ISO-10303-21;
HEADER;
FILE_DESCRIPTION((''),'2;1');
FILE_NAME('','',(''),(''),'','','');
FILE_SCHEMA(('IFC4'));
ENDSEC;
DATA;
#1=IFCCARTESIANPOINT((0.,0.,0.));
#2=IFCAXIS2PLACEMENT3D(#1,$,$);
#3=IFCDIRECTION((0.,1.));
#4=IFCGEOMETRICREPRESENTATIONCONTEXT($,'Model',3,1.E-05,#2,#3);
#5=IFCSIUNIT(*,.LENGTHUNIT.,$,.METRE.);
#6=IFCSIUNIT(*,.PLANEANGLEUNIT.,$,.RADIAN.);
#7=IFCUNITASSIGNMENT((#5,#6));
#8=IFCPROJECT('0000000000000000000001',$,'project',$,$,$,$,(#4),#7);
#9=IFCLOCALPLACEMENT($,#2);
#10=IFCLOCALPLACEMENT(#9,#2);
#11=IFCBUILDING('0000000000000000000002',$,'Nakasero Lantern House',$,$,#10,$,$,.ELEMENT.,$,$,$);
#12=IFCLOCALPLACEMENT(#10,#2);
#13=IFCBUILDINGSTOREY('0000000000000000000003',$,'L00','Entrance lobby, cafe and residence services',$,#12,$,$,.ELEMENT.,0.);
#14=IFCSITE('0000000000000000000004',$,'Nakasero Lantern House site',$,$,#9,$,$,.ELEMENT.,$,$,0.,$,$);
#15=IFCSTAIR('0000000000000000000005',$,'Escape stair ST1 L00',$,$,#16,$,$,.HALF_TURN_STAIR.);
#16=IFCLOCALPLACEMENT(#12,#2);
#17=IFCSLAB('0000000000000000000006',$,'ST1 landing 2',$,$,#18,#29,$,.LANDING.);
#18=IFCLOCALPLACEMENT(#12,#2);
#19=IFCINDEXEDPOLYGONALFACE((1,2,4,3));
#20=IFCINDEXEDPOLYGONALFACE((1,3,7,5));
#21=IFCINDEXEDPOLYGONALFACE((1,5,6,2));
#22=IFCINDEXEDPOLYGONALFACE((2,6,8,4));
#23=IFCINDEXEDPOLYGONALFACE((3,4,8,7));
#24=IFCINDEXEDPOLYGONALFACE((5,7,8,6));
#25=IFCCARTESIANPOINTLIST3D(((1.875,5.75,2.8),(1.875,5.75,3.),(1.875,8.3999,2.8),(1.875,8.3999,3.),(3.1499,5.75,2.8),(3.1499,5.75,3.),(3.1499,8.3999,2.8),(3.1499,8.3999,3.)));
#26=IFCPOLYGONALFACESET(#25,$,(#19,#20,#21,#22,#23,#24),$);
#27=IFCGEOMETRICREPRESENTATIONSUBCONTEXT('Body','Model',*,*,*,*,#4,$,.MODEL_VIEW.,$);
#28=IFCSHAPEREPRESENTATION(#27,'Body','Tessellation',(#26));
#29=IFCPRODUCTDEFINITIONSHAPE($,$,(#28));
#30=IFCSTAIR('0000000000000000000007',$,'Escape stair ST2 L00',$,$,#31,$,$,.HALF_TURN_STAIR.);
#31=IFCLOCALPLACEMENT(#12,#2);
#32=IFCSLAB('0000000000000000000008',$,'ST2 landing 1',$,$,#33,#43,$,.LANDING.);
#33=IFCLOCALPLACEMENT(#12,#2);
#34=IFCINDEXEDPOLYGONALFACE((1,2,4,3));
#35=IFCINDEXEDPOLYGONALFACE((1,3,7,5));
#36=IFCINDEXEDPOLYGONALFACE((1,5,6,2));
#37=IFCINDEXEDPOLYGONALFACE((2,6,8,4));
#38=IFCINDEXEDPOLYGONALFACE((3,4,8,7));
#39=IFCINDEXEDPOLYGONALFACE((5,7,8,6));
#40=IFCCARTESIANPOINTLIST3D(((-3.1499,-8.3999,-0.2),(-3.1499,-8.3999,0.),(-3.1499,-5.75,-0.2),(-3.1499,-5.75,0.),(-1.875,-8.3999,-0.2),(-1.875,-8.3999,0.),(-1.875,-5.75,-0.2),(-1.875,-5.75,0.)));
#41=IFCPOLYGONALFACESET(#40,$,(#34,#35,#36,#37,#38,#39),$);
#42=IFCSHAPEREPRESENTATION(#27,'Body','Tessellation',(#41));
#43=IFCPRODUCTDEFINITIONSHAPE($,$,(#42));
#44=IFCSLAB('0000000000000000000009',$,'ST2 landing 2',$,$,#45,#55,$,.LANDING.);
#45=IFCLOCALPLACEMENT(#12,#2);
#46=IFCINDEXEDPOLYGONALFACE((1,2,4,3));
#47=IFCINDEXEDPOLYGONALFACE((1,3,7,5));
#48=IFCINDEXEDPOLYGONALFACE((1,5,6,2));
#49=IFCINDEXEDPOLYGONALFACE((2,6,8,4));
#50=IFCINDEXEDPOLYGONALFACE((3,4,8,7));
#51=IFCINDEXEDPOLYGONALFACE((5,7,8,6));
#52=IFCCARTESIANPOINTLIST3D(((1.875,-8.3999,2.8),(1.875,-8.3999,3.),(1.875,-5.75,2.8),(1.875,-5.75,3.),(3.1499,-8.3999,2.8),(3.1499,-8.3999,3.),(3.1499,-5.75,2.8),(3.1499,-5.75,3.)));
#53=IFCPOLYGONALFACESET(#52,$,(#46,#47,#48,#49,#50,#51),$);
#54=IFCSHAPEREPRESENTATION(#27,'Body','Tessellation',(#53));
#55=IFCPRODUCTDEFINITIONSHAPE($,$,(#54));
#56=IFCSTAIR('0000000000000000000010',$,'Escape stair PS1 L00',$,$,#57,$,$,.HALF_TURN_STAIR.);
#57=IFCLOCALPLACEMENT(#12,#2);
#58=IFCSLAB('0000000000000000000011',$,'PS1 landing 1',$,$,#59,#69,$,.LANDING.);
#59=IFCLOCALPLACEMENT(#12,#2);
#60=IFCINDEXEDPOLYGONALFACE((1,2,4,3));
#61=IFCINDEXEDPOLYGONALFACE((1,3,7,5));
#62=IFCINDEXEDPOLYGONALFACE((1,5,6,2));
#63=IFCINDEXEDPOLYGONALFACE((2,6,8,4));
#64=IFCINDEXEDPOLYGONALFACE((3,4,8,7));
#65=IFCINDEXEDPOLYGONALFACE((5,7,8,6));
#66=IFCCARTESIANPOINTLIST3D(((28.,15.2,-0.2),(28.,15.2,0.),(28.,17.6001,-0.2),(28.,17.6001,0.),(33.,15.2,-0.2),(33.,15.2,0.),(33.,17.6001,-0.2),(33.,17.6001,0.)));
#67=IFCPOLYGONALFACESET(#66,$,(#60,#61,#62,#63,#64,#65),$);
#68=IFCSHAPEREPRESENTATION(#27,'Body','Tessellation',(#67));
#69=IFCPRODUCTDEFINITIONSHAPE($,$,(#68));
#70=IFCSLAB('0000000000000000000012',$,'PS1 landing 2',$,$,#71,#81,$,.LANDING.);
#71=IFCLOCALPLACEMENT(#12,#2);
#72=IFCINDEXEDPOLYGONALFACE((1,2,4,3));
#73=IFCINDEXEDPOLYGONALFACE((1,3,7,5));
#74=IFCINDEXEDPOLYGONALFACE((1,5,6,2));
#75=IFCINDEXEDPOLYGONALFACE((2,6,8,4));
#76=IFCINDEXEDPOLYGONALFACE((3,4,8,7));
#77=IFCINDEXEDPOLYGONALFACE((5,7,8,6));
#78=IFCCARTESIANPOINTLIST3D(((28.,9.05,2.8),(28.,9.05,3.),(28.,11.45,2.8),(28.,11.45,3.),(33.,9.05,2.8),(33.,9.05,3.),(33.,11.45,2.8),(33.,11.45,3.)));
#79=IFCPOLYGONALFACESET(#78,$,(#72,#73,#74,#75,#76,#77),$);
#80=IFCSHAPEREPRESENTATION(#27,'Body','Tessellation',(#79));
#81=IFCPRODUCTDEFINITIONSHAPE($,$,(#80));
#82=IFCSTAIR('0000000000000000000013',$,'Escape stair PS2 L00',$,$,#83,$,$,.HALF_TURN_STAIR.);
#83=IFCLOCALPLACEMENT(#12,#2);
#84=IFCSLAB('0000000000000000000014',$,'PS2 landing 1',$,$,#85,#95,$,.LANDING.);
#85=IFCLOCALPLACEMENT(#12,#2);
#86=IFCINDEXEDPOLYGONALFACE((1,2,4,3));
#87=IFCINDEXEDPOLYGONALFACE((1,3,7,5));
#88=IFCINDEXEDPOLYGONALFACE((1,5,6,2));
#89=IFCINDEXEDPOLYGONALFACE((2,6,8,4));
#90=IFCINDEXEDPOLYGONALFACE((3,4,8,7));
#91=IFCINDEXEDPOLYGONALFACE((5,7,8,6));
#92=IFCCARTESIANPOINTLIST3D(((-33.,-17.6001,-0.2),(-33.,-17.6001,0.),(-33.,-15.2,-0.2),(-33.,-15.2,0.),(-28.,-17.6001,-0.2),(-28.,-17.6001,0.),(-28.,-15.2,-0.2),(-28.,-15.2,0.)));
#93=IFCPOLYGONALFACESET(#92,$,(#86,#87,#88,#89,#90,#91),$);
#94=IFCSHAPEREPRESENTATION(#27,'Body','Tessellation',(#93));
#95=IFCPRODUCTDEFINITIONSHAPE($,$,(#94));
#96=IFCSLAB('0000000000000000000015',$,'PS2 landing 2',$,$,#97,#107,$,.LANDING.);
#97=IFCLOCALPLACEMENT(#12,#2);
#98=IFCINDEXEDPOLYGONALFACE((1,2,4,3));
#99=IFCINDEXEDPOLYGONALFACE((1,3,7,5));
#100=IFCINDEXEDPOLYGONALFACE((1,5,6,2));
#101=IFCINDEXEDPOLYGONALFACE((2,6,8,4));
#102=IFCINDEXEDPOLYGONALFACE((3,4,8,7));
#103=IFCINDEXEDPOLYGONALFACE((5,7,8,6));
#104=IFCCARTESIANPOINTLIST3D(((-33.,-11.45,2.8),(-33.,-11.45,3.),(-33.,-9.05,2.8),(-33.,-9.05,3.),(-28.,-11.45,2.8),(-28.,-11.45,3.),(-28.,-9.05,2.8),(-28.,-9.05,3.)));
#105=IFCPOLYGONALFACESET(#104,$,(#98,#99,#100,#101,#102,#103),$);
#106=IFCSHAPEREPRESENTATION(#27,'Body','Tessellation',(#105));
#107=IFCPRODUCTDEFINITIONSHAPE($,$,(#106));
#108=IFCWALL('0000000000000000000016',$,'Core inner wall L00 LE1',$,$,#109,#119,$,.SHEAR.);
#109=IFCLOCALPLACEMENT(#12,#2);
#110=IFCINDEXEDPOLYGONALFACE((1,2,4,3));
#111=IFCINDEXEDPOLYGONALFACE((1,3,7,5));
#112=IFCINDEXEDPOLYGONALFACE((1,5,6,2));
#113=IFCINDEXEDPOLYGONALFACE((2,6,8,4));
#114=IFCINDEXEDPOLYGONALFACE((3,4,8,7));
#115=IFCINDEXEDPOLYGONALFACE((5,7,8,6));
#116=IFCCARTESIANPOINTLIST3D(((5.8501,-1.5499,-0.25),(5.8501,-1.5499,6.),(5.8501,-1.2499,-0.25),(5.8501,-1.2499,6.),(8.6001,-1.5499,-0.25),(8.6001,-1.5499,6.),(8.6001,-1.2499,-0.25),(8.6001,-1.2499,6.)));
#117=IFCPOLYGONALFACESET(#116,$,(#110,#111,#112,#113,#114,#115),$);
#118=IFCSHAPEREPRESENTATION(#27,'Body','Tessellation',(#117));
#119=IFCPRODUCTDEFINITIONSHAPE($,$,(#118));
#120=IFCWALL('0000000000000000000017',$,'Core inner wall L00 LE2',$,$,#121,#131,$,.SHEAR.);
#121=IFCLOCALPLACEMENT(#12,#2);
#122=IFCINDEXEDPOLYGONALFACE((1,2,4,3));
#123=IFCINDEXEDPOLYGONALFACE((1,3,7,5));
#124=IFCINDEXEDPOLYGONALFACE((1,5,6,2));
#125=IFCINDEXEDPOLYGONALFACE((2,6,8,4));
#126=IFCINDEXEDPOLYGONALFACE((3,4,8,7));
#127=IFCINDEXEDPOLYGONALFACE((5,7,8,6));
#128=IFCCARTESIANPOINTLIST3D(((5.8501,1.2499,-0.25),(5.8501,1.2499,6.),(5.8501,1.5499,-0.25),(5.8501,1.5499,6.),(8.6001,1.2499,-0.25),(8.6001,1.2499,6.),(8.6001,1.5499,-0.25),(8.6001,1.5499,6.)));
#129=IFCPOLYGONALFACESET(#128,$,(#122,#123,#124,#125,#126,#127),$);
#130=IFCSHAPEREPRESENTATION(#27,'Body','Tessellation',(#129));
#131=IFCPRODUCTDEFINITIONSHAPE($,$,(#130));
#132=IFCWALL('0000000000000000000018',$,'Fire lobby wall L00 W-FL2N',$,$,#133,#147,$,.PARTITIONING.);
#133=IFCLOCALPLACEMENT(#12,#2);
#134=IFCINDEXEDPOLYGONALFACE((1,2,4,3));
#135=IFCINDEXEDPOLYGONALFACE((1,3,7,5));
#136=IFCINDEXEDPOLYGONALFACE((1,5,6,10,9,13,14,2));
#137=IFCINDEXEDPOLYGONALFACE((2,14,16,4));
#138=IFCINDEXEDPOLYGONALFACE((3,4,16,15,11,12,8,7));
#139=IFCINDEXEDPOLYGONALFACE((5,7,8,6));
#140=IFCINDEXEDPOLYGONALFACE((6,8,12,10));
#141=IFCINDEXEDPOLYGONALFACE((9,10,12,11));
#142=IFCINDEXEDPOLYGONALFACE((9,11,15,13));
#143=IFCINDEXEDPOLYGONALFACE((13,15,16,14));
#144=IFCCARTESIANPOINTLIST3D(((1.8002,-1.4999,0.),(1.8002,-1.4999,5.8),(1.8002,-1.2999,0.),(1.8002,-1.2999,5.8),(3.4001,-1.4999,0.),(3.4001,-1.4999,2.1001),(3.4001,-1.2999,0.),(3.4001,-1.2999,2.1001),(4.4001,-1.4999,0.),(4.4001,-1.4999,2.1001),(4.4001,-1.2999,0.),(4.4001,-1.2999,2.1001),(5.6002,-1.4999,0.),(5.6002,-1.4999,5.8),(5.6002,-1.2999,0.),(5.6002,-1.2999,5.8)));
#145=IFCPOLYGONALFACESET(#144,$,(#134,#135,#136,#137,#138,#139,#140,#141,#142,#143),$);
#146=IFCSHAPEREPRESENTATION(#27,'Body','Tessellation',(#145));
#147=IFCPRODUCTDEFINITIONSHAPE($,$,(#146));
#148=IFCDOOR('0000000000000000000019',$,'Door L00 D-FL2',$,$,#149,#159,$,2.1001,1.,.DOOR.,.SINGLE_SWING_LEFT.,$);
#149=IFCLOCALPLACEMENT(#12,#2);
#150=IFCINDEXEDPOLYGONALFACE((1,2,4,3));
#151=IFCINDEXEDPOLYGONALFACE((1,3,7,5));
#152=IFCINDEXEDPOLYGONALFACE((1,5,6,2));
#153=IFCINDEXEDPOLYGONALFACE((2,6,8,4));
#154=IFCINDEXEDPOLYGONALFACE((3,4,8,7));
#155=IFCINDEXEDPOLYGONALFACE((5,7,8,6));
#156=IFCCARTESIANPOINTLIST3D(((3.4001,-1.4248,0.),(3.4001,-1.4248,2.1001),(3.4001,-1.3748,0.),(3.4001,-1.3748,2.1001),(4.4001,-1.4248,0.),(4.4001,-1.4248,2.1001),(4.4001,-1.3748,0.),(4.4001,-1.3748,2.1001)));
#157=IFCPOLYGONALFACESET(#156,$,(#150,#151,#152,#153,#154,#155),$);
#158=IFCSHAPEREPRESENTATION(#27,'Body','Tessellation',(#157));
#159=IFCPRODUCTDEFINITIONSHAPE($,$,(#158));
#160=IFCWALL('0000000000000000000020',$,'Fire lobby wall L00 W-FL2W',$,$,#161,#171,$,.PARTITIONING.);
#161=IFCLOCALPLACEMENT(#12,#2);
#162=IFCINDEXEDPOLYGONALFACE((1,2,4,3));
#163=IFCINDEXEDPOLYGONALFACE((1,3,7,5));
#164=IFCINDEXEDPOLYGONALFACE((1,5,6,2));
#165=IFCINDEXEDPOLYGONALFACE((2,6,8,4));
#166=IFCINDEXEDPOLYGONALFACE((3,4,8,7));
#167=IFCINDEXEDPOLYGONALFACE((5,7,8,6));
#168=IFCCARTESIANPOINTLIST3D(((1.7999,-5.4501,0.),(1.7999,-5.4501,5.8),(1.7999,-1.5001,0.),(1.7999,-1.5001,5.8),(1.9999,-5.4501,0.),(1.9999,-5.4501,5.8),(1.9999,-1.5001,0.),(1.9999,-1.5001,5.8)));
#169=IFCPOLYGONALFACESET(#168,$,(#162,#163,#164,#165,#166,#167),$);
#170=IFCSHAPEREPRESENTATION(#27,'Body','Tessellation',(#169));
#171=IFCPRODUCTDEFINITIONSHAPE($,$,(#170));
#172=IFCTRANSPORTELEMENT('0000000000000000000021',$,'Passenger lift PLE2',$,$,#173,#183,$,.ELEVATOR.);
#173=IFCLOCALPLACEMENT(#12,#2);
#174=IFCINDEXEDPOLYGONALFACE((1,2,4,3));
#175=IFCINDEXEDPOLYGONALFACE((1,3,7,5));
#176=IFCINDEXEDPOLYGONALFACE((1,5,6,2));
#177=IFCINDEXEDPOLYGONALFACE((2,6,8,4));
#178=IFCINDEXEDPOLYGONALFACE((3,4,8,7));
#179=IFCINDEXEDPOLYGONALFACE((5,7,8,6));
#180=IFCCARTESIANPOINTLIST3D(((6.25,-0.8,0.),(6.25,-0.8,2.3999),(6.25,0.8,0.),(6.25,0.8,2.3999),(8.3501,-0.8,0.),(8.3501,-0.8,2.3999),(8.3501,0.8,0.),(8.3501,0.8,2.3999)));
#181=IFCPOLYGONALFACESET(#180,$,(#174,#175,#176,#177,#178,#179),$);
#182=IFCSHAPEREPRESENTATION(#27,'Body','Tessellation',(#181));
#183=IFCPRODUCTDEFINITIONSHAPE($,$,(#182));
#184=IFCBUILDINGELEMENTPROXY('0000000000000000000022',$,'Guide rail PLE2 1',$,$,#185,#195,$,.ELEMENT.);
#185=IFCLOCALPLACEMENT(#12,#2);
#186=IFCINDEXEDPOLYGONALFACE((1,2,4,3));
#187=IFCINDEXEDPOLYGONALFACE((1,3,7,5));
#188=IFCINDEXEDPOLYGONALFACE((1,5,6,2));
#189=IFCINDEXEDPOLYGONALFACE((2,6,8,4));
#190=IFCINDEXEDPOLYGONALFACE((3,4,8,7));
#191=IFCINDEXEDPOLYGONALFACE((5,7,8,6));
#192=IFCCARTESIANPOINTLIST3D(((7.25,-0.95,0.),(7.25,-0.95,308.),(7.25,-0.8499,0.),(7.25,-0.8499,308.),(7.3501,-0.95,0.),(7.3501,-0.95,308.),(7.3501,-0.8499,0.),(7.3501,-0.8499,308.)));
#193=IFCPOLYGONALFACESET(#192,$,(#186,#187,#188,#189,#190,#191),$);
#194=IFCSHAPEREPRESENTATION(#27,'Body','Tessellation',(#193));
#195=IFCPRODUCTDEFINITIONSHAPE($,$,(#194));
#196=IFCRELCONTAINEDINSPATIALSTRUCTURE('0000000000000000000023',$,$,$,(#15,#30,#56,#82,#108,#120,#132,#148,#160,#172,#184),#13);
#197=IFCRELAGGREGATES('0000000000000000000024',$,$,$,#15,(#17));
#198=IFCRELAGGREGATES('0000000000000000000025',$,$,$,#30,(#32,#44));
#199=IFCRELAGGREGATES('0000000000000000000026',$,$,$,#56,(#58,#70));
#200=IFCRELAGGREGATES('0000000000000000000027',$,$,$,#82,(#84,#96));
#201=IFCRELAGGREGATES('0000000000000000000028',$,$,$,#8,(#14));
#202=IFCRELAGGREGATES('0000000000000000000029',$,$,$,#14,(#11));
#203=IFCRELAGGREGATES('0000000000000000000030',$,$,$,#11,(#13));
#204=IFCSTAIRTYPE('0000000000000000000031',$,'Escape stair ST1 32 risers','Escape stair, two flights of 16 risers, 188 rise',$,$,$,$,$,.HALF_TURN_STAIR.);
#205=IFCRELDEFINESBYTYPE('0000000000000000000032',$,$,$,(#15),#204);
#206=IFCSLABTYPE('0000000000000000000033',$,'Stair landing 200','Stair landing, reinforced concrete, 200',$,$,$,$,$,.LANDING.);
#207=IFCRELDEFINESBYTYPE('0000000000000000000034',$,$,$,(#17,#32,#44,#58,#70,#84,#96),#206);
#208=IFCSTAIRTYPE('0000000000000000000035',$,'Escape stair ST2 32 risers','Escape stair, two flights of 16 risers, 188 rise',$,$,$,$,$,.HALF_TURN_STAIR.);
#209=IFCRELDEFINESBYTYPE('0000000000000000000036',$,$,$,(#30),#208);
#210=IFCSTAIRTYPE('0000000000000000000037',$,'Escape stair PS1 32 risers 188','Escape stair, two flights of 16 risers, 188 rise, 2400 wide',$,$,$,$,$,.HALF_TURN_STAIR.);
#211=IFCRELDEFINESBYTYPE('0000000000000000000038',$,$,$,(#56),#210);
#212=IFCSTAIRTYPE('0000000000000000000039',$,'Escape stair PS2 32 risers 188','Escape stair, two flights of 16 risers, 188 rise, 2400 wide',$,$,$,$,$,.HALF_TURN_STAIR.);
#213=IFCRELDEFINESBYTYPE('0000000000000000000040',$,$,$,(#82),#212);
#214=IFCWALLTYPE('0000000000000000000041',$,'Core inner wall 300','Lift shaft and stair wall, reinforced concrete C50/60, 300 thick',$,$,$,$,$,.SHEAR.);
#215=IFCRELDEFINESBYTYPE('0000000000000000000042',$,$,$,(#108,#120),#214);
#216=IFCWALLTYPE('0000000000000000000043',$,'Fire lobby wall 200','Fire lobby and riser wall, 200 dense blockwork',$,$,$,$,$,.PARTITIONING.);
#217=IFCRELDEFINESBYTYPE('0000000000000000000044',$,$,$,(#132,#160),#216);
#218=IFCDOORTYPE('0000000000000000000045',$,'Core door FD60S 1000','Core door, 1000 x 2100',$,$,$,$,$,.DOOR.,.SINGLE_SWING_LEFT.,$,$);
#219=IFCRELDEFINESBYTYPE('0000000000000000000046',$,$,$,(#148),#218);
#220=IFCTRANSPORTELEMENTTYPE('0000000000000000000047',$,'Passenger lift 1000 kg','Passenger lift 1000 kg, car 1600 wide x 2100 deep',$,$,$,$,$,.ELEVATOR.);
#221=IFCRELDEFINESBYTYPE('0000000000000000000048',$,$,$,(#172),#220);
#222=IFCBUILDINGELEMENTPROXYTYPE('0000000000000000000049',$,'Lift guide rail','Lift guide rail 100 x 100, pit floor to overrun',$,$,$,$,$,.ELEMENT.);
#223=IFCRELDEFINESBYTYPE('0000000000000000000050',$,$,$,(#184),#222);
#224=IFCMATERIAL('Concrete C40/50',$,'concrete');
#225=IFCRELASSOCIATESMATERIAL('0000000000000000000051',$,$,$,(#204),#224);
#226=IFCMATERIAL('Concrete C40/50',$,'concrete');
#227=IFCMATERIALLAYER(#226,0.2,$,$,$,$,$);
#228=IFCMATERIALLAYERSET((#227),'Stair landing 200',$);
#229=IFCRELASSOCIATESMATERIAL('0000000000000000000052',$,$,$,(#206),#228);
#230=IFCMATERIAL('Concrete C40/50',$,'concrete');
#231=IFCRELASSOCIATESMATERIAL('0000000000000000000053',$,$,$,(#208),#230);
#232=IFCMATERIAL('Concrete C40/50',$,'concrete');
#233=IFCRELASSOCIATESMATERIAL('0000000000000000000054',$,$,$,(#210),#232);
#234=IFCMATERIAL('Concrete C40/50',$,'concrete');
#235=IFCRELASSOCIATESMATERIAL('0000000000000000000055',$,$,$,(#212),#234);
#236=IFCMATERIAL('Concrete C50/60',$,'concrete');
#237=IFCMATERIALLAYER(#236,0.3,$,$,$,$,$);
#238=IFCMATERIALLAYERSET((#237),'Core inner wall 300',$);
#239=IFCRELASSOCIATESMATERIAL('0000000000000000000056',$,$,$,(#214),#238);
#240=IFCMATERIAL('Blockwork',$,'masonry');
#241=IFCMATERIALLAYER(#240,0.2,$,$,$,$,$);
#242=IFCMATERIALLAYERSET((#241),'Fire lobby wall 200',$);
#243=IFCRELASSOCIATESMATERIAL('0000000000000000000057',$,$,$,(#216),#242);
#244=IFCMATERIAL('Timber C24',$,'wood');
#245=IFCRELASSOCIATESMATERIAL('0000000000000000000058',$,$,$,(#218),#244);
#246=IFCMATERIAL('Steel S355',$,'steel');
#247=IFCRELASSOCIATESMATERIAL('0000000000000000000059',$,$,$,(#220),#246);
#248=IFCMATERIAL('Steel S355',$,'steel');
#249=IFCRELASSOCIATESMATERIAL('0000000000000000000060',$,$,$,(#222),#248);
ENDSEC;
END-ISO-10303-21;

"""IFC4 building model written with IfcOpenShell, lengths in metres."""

from ifc_helpers import new_model, si_unit, direction, frame, frame_2d, origin, origin_2d, place, context, subcontext, project, spatial, polyline, rectangle, outline, extrude, material, layer, layer_set, type_object, element, fill, aggregate, save


model = new_model("IFC4")

# Units and contexts
model_context = context("Model", 3, precision=1e-05, world=origin(), true_north=direction((0.0, 1.0)))
body_context = subcontext(model_context, "Body", "Model", "MODEL_VIEW")
ifc_project = project(units=[si_unit("LENGTHUNIT", "METRE"), si_unit("PLANEANGLEUNIT", "RADIAN")], contexts=[model_context])

# Site, building, storey
site_placement = place(None, origin())
site = spatial("IfcSite", under=ifc_project, at=site_placement, Name="Nakasero Lantern House site", CompositionType="ELEMENT", RefElevation=0.0)
building_placement = place(site_placement, origin())
building = spatial("IfcBuilding", under=site, at=building_placement, Name="Nakasero Lantern House", CompositionType="ELEMENT")
storey_placement = place(building_placement, origin())
storey = spatial("IfcBuildingStorey", under=building, at=storey_placement, Name="L00", Description="Entrance lobby, cafe and residence services", CompositionType="ELEMENT", Elevation=0.0)

# Stairs, slabs
ifc_material_1 = material(Name="Concrete C40/50", Category="concrete")
stair_type_1 = type_object("IfcStairType", Name="Escape stair ST1 32 risers", Description="Escape stair, two flights of 16 risers, 188 rise", PredefinedType="HALF_TURN_STAIR", material=ifc_material_1)
stair_1_placement = place(storey_placement, origin())
stair_1 = element("IfcStair", 1, at=stair_1_placement, inside=storey, type_object=stair_type_1, Name="Escape stair ST1 L00", PredefinedType="HALF_TURN_STAIR")
ifc_material_2 = material(Name="Concrete C40/50", Category="concrete")
ifc_layer_1 = layer(ifc_material_2, 0.2)
ifc_layer_set_1 = layer_set([ifc_layer_1], Name="Stair landing 200")
slab_type_1 = type_object("IfcSlabType", Name="Stair landing 200", Description="Stair landing, reinforced concrete, 200", PredefinedType="LANDING", material=ifc_layer_set_1)
slab_1_placement = place(storey_placement, frame((0.0, 0.0, 2.8)))
slab_1 = element("IfcSlab", 2, at=slab_1_placement, type_object=slab_type_1, Name="ST1 landing 2", PredefinedType="LANDING", context=body_context, shape_type="SweptSolid", body=[
    extrude(outline(polyline([(1.875, 5.75), (3.1499, 5.75), (3.1499, 8.3999), (1.875, 8.3999), (1.875, 5.75)])), origin(), (0.0, 0.0, 1.0), 0.2),
])
aggregate(stair_1, [slab_1])
ifc_material_3 = material(Name="Concrete C40/50", Category="concrete")
stair_type_2 = type_object("IfcStairType", Name="Escape stair ST2 32 risers", Description="Escape stair, two flights of 16 risers, 188 rise", PredefinedType="HALF_TURN_STAIR", material=ifc_material_3)
stair_2_placement = place(storey_placement, origin())
stair_2 = element("IfcStair", 3, at=stair_2_placement, inside=storey, type_object=stair_type_2, Name="Escape stair ST2 L00", PredefinedType="HALF_TURN_STAIR")
slab_2_placement = place(storey_placement, frame((0.0, 0.0, -0.2)))
slab_2 = element("IfcSlab", 4, at=slab_2_placement, type_object=slab_type_1, Name="ST2 landing 1", PredefinedType="LANDING", context=body_context, shape_type="SweptSolid", body=[
    extrude(outline(polyline([(-3.1499, -8.3999), (-1.875, -8.3999), (-1.875, -5.75), (-3.1499, -5.75), (-3.1499, -8.3999)])), origin(), (0.0, 0.0, 1.0), 0.2),
])
slab_3_placement = place(storey_placement, frame((0.0, 0.0, 2.8)))
slab_3 = element("IfcSlab", 5, at=slab_3_placement, type_object=slab_type_1, Name="ST2 landing 2", PredefinedType="LANDING", context=body_context, shape_type="SweptSolid", body=[
    extrude(outline(polyline([(1.875, -8.3999), (3.1499, -8.3999), (3.1499, -5.75), (1.875, -5.75), (1.875, -8.3999)])), origin(), (0.0, 0.0, 1.0), 0.2),
])
aggregate(stair_2, [slab_2, slab_3])
ifc_material_4 = material(Name="Concrete C40/50", Category="concrete")
stair_type_3 = type_object("IfcStairType", Name="Escape stair PS1 32 risers 188", Description="Escape stair, two flights of 16 risers, 188 rise, 2400 wide", PredefinedType="HALF_TURN_STAIR", material=ifc_material_4)
stair_3_placement = place(storey_placement, origin())
stair_3 = element("IfcStair", 6, at=stair_3_placement, inside=storey, type_object=stair_type_3, Name="Escape stair PS1 L00", PredefinedType="HALF_TURN_STAIR")
slab_4_placement = place(storey_placement, frame((0.0, 0.0, -0.2)))
slab_4 = element("IfcSlab", 7, at=slab_4_placement, type_object=slab_type_1, Name="PS1 landing 1", PredefinedType="LANDING", context=body_context, shape_type="SweptSolid", body=[
    extrude(outline(polyline([(28.0, 15.2), (33.0, 15.2), (33.0, 17.6001), (28.0, 17.6001), (28.0, 15.2)])), origin(), (0.0, 0.0, 1.0), 0.2),
])
slab_5_placement = place(storey_placement, frame((0.0, 0.0, 2.8)))
slab_5 = element("IfcSlab", 8, at=slab_5_placement, type_object=slab_type_1, Name="PS1 landing 2", PredefinedType="LANDING", context=body_context, shape_type="SweptSolid", body=[
    extrude(outline(polyline([(28.0, 9.05), (33.0, 9.05), (33.0, 11.45), (28.0, 11.45), (28.0, 9.05)])), origin(), (0.0, 0.0, 1.0), 0.2),
])
aggregate(stair_3, [slab_4, slab_5])
ifc_material_5 = material(Name="Concrete C40/50", Category="concrete")
stair_type_4 = type_object("IfcStairType", Name="Escape stair PS2 32 risers 188", Description="Escape stair, two flights of 16 risers, 188 rise, 2400 wide", PredefinedType="HALF_TURN_STAIR", material=ifc_material_5)
stair_4_placement = place(storey_placement, origin())
stair_4 = element("IfcStair", 9, at=stair_4_placement, inside=storey, type_object=stair_type_4, Name="Escape stair PS2 L00", PredefinedType="HALF_TURN_STAIR")
slab_6_placement = place(storey_placement, frame((0.0, 0.0, -0.2)))
slab_6 = element("IfcSlab", 10, at=slab_6_placement, type_object=slab_type_1, Name="PS2 landing 1", PredefinedType="LANDING", context=body_context, shape_type="SweptSolid", body=[
    extrude(outline(polyline([(-28.0, -15.2), (-33.0, -15.2), (-33.0, -17.6001), (-28.0, -17.6001), (-28.0, -15.2)])), origin(), (0.0, 0.0, 1.0), 0.2),
])
slab_7_placement = place(storey_placement, frame((0.0, 0.0, 2.8)))
slab_7 = element("IfcSlab", 11, at=slab_7_placement, type_object=slab_type_1, Name="PS2 landing 2", PredefinedType="LANDING", context=body_context, shape_type="SweptSolid", body=[
    extrude(outline(polyline([(-28.0, -9.05), (-33.0, -9.05), (-33.0, -11.45), (-28.0, -11.45), (-28.0, -9.05)])), origin(), (0.0, 0.0, 1.0), 0.2),
])
aggregate(stair_4, [slab_6, slab_7])

# Walls
ifc_material_6 = material(Name="Concrete C50/60", Category="concrete")
ifc_layer_2 = layer(ifc_material_6, 0.3)
ifc_layer_set_2 = layer_set([ifc_layer_2], Name="Core inner wall 300")
wall_type_1 = type_object("IfcWallType", Name="Core inner wall 300", Description="Lift shaft and stair wall, reinforced concrete C50/60, 300 thick", PredefinedType="SHEAR", material=ifc_layer_set_2)
for number, where, z_axis, x_axis, name in (
    (12, (5.8501, -1.3999, -0.25), (0.0, 0.0, 1.0), (1.0, 0.0, 0.0), "Core inner wall L00 LE1"),
    (13, (5.8501, 1.3999, -0.25), (0.0, 0.0, 1.0), (1.0, 0.0, 0.0), "Core inner wall L00 LE2"),
):
    element("IfcWall", number, at=place(storey_placement, frame(where, z_axis=z_axis, x_axis=x_axis)), inside=storey, type_object=wall_type_1, Name=name, PredefinedType="SHEAR", context=body_context, shape_type="SweptSolid", body=[
        extrude(rectangle(XDim=2.75, YDim=0.3, at=frame_2d((1.375, 0.0))), origin(), (0.0, 0.0, 1.0), 6.25),
    ])

# Wall, opening, door
ifc_material_7 = material(Name="Blockwork", Category="masonry")
ifc_layer_3 = layer(ifc_material_7, 0.2)
ifc_layer_set_3 = layer_set([ifc_layer_3], Name="Fire lobby wall 200")
wall_type_2 = type_object("IfcWallType", Name="Fire lobby wall 200", Description="Fire lobby and riser wall, 200 dense blockwork", PredefinedType="PARTITIONING", material=ifc_layer_set_3)
wall_1_placement = place(storey_placement, frame((5.6001, -1.3999, 0.0), z_axis=(0.0, 0.0, 1.0), x_axis=(-1.0, 0.0, 0.0)))
wall_1 = element("IfcWall", 14, at=wall_1_placement, inside=storey, type_object=wall_type_2, Name="Fire lobby wall L00 W-FL2N", PredefinedType="PARTITIONING", context=body_context, shape_type="SweptSolid", body=[
    extrude(rectangle(XDim=3.8, YDim=0.2, at=frame_2d((1.8999, 0.0))), origin(), (0.0, 0.0, 1.0), 5.8),
])
opening_placement = place(wall_1_placement, frame((1.2, 0.0, 0.0)))
opening = element("IfcOpeningElement", 15, at=opening_placement, cuts=wall_1, PredefinedType="OPENING", context=body_context, shape_type="SweptSolid", body=[
    extrude(rectangle(XDim=1.0, YDim=2.1001, at=frame_2d((0.5, 1.05))), frame((0.0, 0.1199, 0.0), z_axis=(0.0, -1.0, 0.0), x_axis=(1.0, 0.0, 0.0)), (0.0, 0.0, 1.0), 0.24),
])
ifc_material_8 = material(Name="Timber C24", Category="wood")
door_type = type_object("IfcDoorType", Name="Core door FD60S 1000", Description="Core door, 1000 x 2100", OperationType="SINGLE_SWING_LEFT", PredefinedType="DOOR", material=ifc_material_8)
door_placement = place(opening_placement, origin())
door = element("IfcDoor", 16, at=door_placement, inside=storey, type_object=door_type, Name="Door L00 D-FL2", OperationType="SINGLE_SWING_LEFT", OverallHeight=2.1001, OverallWidth=1.0, PredefinedType="DOOR", context=body_context, shape_type="SweptSolid", body=[
    extrude(rectangle(XDim=1.0, YDim=2.1001, at=frame_2d((0.5, 1.05))), frame((0.0, 0.0249, 0.0), z_axis=(0.0, -1.0, 0.0), x_axis=(1.0, 0.0, 0.0)), (0.0, 0.0, 1.0), 0.05),
])
fill(opening, door)

# Wall
wall_2_placement = place(storey_placement, frame((1.8999, -1.5, 0.0), z_axis=(0.0, 0.0, 1.0), x_axis=(0.0, -1.0, 0.0)))
element("IfcWall", 17, at=wall_2_placement, inside=storey, type_object=wall_type_2, Name="Fire lobby wall L00 W-FL2W", PredefinedType="PARTITIONING", context=body_context, shape_type="SweptSolid", body=[
    extrude(rectangle(XDim=3.95, YDim=0.2, at=frame_2d((1.9751, 0.0))), origin(), (0.0, 0.0, 1.0), 5.8),
])

# Transport element
ifc_material_9 = material(Name="Steel S355", Category="steel")
transport_element_type = type_object("IfcTransportElementType", Name="Passenger lift 1000 kg", Description="Passenger lift 1000 kg, car 1600 wide x 2100 deep", PredefinedType="ELEVATOR", material=ifc_material_9)
transport_element_placement = place(storey_placement, frame((7.3, 0.0, 0.0), z_axis=(0.0, 0.0, 1.0), x_axis=(1.0, 0.0, 0.0)))
element("IfcTransportElement", 18, at=transport_element_placement, inside=storey, type_object=transport_element_type, Name="Passenger lift PLE2", PredefinedType="ELEVATOR", context=body_context, shape_type="SweptSolid", body=[
    extrude(rectangle(XDim=2.1001, YDim=1.6001, at=origin_2d()), origin(), (0.0, 0.0, 1.0), 2.3999),
])

# Building element proxy
ifc_material_10 = material(Name="Steel S355", Category="steel")
building_element_proxy_type = type_object("IfcBuildingElementProxyType", Name="Lift guide rail", Description="Lift guide rail 100 x 100, pit floor to overrun", PredefinedType="ELEMENT", material=ifc_material_10)
for number, where, z_axis, x_axis, name in (
    (19, (7.3, -0.8999, 0.0), (0.0, 0.0, 1.0), (1.0, 0.0, 0.0), "Guide rail PLE2 1"),
):
    element("IfcBuildingElementProxy", number, at=place(storey_placement, frame(where, z_axis=z_axis, x_axis=x_axis)), inside=storey, type_object=building_element_proxy_type, Name=name, PredefinedType="ELEMENT", context=body_context, shape_type="SweptSolid", body=[
        extrude(rectangle(XDim=0.1001, YDim=0.1001, at=origin_2d()), origin(), (0.0, 0.0, 1.0), 308.0),
    ])

save(model, "model.ifc")
